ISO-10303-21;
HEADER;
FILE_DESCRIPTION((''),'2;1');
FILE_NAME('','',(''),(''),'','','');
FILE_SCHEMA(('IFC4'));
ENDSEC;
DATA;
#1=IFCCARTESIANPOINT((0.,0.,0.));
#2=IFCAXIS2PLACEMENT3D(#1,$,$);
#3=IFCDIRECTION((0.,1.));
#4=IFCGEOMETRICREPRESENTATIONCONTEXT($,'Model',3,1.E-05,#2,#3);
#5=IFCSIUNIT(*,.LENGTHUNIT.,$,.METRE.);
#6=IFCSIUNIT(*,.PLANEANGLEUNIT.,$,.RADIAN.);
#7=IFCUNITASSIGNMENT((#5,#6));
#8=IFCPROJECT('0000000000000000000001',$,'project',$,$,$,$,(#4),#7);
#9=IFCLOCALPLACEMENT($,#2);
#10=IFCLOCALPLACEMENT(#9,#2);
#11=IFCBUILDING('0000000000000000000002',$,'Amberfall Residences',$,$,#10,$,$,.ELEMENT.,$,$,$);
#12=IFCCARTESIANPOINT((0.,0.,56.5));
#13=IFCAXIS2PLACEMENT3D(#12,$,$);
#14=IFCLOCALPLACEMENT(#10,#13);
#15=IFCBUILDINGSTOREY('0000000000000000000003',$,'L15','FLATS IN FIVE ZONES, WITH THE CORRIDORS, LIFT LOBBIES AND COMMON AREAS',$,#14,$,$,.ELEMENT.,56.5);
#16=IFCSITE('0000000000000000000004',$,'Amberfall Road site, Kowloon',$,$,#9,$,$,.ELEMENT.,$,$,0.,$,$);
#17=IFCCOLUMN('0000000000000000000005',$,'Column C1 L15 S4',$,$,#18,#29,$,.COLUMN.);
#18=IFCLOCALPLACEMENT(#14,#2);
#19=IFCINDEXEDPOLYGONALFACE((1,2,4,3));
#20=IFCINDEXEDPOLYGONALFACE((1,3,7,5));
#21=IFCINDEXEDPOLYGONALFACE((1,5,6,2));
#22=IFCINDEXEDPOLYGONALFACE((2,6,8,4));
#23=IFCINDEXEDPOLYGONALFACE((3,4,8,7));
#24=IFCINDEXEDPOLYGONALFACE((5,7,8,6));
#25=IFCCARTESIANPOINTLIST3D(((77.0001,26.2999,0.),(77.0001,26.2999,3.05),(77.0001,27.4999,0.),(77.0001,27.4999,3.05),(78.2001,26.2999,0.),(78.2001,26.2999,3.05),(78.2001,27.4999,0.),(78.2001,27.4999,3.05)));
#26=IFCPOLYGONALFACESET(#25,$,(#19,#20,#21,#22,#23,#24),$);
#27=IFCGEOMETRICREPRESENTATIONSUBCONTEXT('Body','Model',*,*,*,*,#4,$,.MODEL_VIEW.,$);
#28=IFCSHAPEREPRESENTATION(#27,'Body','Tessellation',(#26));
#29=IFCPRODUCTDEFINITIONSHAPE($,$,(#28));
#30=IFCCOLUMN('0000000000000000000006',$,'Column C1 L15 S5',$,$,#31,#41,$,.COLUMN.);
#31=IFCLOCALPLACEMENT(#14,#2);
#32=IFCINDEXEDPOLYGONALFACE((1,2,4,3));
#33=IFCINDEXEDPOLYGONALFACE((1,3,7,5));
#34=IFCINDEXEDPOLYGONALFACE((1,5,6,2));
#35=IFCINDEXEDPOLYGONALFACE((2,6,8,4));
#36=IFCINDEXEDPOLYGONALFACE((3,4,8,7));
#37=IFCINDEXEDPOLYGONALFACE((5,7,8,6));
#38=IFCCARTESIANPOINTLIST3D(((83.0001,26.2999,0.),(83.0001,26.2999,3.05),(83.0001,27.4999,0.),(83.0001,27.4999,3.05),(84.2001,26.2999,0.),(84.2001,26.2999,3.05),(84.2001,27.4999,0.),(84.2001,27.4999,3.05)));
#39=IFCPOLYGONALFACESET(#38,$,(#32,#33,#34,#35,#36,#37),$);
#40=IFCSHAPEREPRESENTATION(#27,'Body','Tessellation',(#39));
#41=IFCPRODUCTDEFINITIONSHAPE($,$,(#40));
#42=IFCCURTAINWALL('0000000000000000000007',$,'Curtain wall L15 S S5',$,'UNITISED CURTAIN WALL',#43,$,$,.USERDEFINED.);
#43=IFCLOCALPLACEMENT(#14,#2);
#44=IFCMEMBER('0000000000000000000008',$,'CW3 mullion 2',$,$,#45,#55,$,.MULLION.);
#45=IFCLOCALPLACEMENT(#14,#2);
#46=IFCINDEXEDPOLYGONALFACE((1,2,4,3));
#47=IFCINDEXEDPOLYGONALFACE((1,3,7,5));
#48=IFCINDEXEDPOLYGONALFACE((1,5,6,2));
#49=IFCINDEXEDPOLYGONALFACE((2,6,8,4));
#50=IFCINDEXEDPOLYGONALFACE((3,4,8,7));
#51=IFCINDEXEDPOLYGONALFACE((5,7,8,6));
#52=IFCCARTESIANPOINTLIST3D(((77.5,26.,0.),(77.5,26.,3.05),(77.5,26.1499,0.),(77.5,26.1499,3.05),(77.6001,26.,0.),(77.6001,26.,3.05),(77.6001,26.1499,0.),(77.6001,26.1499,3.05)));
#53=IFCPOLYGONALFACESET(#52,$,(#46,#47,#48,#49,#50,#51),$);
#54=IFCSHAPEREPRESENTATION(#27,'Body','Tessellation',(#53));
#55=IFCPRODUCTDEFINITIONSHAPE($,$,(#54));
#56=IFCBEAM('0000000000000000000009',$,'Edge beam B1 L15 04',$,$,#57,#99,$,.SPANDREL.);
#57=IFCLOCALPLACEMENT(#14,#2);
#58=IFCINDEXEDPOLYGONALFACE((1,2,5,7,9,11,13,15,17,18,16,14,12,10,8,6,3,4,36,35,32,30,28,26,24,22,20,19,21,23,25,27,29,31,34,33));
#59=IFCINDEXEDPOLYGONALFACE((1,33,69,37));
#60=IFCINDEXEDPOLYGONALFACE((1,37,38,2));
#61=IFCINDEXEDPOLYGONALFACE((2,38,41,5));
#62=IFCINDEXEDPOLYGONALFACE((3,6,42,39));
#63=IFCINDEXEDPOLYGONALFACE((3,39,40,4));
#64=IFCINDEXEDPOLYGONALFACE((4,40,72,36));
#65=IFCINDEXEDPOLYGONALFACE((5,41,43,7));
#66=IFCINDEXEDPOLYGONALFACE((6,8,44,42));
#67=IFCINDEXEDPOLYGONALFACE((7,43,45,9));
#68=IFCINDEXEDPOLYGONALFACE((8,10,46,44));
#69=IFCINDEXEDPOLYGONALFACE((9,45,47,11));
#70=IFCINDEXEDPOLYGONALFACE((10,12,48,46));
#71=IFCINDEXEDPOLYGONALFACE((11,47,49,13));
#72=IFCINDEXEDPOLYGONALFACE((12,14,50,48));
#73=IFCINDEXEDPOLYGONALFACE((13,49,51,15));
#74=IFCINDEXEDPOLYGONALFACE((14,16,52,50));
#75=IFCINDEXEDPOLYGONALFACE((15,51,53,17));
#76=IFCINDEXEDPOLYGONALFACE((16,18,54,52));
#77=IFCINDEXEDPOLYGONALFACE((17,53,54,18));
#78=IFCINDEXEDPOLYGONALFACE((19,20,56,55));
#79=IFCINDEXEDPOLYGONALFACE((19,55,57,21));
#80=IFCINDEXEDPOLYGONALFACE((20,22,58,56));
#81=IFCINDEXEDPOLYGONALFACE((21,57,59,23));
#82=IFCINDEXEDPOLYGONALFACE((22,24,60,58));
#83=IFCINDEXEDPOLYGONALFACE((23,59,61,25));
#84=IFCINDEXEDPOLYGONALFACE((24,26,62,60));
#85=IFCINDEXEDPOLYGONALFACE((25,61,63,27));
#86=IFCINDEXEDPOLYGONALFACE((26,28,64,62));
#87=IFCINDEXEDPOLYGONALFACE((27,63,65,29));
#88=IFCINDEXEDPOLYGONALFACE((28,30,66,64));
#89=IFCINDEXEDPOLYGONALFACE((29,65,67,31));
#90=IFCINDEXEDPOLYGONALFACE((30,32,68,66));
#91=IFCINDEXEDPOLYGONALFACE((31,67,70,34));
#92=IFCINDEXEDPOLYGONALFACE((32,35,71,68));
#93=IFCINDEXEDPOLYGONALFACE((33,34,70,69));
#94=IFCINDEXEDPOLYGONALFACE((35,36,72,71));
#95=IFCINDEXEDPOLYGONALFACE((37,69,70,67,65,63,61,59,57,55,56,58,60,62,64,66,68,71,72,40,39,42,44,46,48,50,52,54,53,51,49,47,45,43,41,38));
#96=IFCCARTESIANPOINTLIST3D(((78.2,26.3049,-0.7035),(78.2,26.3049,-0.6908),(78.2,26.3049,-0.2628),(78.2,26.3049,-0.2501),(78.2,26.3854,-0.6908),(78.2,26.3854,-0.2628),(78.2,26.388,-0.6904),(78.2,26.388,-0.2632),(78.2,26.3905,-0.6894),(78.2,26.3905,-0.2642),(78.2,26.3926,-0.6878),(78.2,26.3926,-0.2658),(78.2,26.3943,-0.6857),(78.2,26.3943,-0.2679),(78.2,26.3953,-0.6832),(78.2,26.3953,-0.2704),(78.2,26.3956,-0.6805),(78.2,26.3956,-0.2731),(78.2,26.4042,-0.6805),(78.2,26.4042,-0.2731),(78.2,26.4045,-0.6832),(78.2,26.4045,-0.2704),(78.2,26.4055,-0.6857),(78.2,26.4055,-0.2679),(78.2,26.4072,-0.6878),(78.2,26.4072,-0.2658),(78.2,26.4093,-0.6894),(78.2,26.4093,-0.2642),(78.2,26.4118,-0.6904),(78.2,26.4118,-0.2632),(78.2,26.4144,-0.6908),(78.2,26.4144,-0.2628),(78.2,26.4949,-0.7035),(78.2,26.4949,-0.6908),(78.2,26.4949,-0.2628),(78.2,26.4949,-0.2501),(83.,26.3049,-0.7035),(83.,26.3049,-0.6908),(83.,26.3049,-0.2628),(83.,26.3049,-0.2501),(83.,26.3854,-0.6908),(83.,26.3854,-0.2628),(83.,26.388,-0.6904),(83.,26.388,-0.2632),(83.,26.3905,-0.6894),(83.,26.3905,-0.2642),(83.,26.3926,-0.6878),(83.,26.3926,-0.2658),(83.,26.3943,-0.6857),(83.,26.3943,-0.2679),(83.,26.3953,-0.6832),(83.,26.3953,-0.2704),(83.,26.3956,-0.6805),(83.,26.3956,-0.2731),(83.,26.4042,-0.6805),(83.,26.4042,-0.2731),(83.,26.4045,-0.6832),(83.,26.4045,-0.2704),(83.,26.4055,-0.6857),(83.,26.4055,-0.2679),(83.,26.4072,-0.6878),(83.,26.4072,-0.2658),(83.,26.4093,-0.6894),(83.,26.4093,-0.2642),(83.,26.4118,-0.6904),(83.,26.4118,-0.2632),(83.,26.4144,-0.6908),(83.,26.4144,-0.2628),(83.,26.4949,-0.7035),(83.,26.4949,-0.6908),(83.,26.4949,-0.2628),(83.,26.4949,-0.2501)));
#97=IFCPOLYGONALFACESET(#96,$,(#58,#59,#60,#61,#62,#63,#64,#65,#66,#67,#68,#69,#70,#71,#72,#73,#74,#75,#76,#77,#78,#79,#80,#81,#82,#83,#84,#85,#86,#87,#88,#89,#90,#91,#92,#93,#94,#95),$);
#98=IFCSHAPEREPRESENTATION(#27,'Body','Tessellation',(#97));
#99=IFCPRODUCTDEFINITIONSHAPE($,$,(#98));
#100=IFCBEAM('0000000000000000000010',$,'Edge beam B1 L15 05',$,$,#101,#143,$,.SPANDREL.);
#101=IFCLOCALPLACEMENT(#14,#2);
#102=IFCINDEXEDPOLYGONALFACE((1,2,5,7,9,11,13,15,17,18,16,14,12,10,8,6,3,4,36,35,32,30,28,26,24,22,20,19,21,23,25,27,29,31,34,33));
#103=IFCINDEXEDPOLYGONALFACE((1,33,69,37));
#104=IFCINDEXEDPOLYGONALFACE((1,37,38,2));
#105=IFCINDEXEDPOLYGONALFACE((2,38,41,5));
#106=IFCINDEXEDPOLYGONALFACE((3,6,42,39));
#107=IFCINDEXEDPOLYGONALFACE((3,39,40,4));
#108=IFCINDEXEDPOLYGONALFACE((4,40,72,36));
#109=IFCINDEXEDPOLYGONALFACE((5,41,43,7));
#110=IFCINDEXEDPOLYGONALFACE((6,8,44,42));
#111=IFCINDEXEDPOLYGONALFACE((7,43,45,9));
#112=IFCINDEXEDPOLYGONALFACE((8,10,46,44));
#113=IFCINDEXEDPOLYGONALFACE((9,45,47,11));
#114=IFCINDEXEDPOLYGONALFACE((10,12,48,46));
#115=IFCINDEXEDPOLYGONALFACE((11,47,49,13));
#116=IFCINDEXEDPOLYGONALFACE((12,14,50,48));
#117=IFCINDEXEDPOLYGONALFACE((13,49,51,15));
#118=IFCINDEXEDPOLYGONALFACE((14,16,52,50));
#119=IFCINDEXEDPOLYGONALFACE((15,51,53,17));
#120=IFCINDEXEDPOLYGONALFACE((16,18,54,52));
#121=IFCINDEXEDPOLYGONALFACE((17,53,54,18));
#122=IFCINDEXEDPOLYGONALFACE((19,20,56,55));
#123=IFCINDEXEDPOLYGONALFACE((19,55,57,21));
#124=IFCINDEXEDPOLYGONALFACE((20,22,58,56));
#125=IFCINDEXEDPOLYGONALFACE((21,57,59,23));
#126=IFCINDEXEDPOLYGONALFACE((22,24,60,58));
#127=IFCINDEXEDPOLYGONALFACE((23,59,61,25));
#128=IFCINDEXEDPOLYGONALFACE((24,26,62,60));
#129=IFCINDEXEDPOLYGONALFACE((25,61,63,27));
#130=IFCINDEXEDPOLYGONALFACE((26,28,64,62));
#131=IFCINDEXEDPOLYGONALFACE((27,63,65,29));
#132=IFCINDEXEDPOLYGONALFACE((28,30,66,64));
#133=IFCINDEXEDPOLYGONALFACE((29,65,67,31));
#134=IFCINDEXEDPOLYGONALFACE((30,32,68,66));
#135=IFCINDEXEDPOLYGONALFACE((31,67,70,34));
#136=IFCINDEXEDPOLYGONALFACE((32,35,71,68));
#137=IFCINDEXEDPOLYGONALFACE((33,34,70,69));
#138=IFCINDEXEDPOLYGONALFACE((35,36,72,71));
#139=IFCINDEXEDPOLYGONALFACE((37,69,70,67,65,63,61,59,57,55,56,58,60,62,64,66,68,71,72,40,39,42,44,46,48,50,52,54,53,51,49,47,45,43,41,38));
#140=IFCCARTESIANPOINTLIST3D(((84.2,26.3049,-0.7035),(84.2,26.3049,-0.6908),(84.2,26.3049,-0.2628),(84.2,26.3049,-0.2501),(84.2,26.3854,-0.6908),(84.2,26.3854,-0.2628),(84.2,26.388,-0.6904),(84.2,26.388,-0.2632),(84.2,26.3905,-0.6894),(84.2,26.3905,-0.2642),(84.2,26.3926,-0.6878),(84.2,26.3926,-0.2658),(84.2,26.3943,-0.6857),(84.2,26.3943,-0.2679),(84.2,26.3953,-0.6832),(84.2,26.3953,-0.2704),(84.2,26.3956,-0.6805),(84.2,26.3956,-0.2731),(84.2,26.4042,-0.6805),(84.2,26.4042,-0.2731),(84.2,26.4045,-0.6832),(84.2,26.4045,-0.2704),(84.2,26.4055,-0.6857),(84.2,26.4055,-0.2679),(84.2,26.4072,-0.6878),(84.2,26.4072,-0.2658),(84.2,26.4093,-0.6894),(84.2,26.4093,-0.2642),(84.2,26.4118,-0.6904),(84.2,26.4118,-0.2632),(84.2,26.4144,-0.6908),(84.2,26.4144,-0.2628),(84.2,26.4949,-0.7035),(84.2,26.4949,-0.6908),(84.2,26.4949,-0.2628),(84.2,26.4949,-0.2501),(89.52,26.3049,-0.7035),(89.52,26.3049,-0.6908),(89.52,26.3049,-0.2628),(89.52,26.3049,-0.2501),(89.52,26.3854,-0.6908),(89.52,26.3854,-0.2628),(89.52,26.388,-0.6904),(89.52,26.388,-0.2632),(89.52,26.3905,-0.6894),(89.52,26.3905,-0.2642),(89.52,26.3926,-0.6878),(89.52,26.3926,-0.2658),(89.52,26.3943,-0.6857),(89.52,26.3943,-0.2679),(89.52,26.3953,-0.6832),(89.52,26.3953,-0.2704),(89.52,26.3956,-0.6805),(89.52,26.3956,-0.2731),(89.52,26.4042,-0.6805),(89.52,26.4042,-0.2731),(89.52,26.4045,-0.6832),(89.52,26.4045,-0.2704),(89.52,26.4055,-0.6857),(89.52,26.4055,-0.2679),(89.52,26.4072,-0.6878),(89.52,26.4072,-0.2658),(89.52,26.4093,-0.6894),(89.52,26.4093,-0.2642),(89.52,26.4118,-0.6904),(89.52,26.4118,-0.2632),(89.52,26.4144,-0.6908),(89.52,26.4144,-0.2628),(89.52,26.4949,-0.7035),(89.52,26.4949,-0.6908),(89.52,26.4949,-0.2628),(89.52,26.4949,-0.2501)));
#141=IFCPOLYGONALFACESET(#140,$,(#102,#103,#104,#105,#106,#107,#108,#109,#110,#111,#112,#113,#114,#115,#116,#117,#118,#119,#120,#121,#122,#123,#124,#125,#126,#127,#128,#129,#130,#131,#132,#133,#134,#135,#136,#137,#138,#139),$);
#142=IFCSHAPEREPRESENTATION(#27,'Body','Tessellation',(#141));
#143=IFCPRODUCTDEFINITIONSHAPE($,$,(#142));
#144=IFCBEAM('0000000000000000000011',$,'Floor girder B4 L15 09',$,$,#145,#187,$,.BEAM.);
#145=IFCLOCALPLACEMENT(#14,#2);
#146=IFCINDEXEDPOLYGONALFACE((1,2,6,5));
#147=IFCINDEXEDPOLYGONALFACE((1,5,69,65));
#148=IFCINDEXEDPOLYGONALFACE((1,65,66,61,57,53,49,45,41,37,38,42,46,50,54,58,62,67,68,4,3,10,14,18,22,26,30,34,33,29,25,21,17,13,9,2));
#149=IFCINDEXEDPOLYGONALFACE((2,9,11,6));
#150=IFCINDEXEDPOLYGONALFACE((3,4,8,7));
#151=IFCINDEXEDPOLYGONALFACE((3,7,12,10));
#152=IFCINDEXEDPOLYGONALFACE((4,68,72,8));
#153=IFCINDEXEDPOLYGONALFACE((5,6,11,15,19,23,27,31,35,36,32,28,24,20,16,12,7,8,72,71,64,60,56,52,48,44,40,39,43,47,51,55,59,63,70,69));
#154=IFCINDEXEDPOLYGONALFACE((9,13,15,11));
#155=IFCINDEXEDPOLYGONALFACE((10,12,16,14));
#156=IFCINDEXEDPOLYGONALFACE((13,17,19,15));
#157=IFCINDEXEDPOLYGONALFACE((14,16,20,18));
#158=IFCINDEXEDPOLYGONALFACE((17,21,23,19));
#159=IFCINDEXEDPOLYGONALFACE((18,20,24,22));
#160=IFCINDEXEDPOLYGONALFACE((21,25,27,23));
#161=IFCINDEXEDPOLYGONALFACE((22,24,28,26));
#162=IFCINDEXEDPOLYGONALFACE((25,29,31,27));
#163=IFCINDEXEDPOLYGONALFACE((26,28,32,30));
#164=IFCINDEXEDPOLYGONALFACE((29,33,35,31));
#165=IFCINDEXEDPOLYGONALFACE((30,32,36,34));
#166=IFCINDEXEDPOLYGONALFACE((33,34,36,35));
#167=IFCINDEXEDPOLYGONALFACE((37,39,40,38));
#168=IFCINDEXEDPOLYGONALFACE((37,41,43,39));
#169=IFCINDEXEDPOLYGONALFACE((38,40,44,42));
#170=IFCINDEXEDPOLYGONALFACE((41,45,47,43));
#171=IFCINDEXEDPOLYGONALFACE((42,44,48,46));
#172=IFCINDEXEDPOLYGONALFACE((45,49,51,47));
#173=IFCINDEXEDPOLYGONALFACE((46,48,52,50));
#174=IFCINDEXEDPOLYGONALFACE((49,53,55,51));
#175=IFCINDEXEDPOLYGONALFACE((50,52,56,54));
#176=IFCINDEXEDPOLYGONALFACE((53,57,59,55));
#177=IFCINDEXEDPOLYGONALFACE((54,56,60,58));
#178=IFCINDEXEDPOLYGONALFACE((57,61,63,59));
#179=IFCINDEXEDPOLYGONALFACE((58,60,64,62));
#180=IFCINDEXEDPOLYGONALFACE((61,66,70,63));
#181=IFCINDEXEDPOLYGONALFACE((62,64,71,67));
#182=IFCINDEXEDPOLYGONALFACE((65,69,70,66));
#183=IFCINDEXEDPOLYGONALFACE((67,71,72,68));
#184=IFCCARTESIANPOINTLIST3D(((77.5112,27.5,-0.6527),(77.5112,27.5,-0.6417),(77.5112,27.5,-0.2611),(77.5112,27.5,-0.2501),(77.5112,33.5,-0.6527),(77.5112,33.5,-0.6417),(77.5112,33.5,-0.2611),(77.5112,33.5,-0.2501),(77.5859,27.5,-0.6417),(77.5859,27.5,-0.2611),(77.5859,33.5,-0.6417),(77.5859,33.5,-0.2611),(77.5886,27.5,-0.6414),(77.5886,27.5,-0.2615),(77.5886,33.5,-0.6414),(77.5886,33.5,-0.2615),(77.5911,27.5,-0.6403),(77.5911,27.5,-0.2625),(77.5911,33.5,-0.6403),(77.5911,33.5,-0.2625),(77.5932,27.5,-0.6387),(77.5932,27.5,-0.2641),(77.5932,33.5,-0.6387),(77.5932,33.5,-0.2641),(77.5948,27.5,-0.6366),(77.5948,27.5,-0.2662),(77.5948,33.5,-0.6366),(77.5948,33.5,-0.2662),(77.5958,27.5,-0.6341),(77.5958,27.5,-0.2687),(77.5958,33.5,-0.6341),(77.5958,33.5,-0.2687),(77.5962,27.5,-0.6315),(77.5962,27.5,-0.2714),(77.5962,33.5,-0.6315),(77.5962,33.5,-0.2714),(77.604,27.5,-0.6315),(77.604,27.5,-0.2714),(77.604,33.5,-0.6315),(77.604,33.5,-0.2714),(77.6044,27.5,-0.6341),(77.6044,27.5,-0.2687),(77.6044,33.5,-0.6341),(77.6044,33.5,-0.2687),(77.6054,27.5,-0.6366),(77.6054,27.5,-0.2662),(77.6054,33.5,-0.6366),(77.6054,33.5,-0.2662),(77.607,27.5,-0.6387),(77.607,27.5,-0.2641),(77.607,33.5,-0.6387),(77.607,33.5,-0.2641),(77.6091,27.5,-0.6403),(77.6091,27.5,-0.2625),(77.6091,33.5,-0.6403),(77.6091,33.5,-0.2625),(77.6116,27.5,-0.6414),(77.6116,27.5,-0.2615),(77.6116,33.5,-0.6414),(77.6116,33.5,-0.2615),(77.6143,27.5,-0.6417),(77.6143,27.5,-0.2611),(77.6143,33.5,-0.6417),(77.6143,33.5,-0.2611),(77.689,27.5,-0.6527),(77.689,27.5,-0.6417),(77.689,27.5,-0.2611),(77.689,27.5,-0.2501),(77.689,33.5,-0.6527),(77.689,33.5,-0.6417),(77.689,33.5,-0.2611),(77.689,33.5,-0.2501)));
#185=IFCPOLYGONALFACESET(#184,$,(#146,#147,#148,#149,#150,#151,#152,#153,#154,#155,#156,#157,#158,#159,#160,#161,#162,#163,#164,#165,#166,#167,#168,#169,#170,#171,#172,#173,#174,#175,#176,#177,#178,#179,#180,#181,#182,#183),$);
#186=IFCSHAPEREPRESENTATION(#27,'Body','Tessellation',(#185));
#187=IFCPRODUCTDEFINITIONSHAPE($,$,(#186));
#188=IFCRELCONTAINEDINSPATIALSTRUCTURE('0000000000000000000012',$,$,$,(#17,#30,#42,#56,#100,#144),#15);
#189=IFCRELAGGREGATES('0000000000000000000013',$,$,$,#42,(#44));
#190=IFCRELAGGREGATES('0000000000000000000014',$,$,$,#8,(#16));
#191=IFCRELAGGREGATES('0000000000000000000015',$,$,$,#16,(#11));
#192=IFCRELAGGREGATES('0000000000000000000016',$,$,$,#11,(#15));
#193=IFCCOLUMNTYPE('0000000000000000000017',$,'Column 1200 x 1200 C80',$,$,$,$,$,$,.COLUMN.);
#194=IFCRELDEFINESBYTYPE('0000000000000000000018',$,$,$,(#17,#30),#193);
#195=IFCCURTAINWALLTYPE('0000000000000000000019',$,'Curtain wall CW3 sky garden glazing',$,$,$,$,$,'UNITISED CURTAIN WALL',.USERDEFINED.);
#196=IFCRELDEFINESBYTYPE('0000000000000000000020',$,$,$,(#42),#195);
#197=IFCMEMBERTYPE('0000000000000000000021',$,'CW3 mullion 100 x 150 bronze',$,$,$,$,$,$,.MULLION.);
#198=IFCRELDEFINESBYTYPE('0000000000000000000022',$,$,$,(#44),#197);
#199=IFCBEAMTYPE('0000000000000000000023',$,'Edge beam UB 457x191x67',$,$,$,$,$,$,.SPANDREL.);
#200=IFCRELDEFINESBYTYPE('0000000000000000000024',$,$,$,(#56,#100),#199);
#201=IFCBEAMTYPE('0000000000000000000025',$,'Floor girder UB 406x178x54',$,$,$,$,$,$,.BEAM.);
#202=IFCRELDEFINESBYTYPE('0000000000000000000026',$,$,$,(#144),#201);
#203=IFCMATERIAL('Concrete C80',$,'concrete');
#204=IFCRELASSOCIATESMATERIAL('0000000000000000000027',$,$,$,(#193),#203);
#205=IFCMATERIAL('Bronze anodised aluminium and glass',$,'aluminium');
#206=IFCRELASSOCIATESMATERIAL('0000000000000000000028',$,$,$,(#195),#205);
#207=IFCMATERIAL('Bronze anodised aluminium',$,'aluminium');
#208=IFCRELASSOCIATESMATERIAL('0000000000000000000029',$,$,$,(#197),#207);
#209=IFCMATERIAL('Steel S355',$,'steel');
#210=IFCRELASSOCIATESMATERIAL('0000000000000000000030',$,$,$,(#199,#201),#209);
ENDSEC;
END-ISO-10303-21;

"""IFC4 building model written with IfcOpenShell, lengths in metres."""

from ifc_helpers import new_model, si_unit, direction, frame, origin, origin_2d, place, context, subcontext, project, spatial, rectangle, i_section, extrude, material, material_profile, profile_set, type_object, element, aggregate, save


model = new_model("IFC4")

# Units and contexts
model_context = context("Model", 3, precision=1e-05, world=origin(), true_north=direction((0.0, 1.0)))
body_context = subcontext(model_context, "Body", "Model", "MODEL_VIEW")
ifc_project = project(units=[si_unit("LENGTHUNIT", "METRE"), si_unit("PLANEANGLEUNIT", "RADIAN")], contexts=[model_context])

# Site, building, storey
site_placement = place(None, origin())
site = spatial("IfcSite", under=ifc_project, at=site_placement, Name="Amberfall Road site, Kowloon", CompositionType="ELEMENT", RefElevation=0.0)
building_placement = place(site_placement, origin())
building = spatial("IfcBuilding", under=site, at=building_placement, Name="Amberfall Residences", CompositionType="ELEMENT")
storey_placement = place(building_placement, frame((0.0, 0.0, 56.5)))
storey = spatial("IfcBuildingStorey", under=building, at=storey_placement, Name="L15", Description="FLATS IN FIVE ZONES, WITH THE CORRIDORS, LIFT LOBBIES AND COMMON AREAS", CompositionType="ELEMENT", Elevation=56.5)

# Columns
ifc_material_1 = material(Name="Concrete C80", Category="concrete")
ifc_material_profile_1 = material_profile(ifc_material_1, rectangle(XDim=1.2, YDim=1.2, at=origin_2d()), Name="Column 1200 x 1200 C80")
ifc_profile_set_1 = profile_set([ifc_material_profile_1], Name="Concrete C80")
column_type = type_object("IfcColumnType", Name="Column 1200 x 1200 C80", PredefinedType="COLUMN", material=ifc_profile_set_1)
for number, where, z_axis, x_axis, name in (
    (1, (77.6001, 26.8999, 0.0), (0.0, 0.0, 1.0), (1.0, 0.0, 0.0), "Column C1 L15 S4"),
    (2, (83.6001, 26.8999, 0.0), (0.0, 0.0, 1.0), (1.0, 0.0, 0.0), "Column C1 L15 S5"),
):
    element("IfcColumn", number, at=place(storey_placement, frame(where, z_axis=z_axis, x_axis=x_axis)), inside=storey, type_object=column_type, Name=name, PredefinedType="COLUMN", context=body_context, shape_type="SweptSolid", body=[
        extrude(rectangle(XDim=1.2, YDim=1.2, at=origin_2d()), origin(), (0.0, 0.0, 1.0), 3.05),
    ])

# Curtain wall, member
ifc_material_2 = material(Name="Bronze anodised aluminium and glass", Category="aluminium")
curtain_wall_type = type_object("IfcCurtainWallType", Name="Curtain wall CW3 sky garden glazing", ElementType="UNITISED CURTAIN WALL", PredefinedType="USERDEFINED", material=ifc_material_2)
curtain_wall_placement = place(storey_placement, origin())
curtain_wall = element("IfcCurtainWall", 3, at=curtain_wall_placement, inside=storey, type_object=curtain_wall_type, Name="Curtain wall L15 S S5", ObjectType="UNITISED CURTAIN WALL", PredefinedType="USERDEFINED")
ifc_material_3 = material(Name="Bronze anodised aluminium", Category="aluminium")
ifc_material_profile_2 = material_profile(ifc_material_3, rectangle(XDim=0.1499, YDim=0.1001, at=origin_2d()), Name="CW3 mullion 100 x 150 bronze")
ifc_profile_set_2 = profile_set([ifc_material_profile_2], Name="Bronze anodised aluminium")
member_type = type_object("IfcMemberType", Name="CW3 mullion 100 x 150 bronze", PredefinedType="MULLION", material=ifc_profile_set_2)
member_placement = place(storey_placement, frame((77.55, 26.075, 0.0), z_axis=(0.0, 0.0, 1.0), x_axis=(0.0, 1.0, 0.0)))
member = element("IfcMember", 4, at=member_placement, type_object=member_type, Name="CW3 mullion 2", PredefinedType="MULLION", context=body_context, shape_type="SweptSolid", body=[
    extrude(rectangle(XDim=0.1499, YDim=0.1001, at=origin_2d()), origin(), (0.0, 0.0, 1.0), 3.05),
])

# Beams
ifc_material_4 = material(Name="Steel S355", Category="steel")
ifc_material_profile_3 = material_profile(ifc_material_4, i_section(OverallWidth=0.1899, OverallDepth=0.4534, WebThickness=0.0085, FlangeThickness=0.0127, FilletRadius=0.0103, at=origin_2d()), Name="UB 457x191x67")
ifc_profile_set_3 = profile_set([ifc_material_profile_3], Name="Steel S355")
beam_type_1 = type_object("IfcBeamType", Name="Edge beam UB 457x191x67", PredefinedType="SPANDREL", material=ifc_profile_set_3)
beam_1_placement = place(storey_placement, frame((78.2, 26.3999, -0.4768), z_axis=(1.0, 0.0, 0.0), x_axis=(0.0, 1.0, 0.0)))
element("IfcBeam", 5, at=beam_1_placement, inside=storey, type_object=beam_type_1, Name="Edge beam B1 L15 04", PredefinedType="SPANDREL", context=body_context, shape_type="SweptSolid", body=[
    extrude(i_section(OverallWidth=0.1899, OverallDepth=0.4534, WebThickness=0.0085, FlangeThickness=0.0127, FilletRadius=0.0103, at=origin_2d()), origin(), (0.0, 0.0, 1.0), 4.8),
])
beam_2_placement = place(storey_placement, frame((84.2, 26.3999, -0.4768), z_axis=(1.0, 0.0, 0.0), x_axis=(0.0, 1.0, 0.0)))
element("IfcBeam", 6, at=beam_2_placement, inside=storey, type_object=beam_type_1, Name="Edge beam B1 L15 05", PredefinedType="SPANDREL", context=body_context, shape_type="SweptSolid", body=[
    extrude(i_section(OverallWidth=0.1899, OverallDepth=0.4534, WebThickness=0.0085, FlangeThickness=0.0127, FilletRadius=0.0103, at=origin_2d()), origin(), (0.0, 0.0, 1.0), 5.3201),
])
ifc_material_profile_4 = material_profile(ifc_material_4, i_section(OverallWidth=0.1777, OverallDepth=0.4026, WebThickness=0.0078, FlangeThickness=0.011, FilletRadius=0.0103, at=origin_2d()), Name="UB 406x178x54")
ifc_profile_set_4 = profile_set([ifc_material_profile_4], Name="Steel S355")
beam_type_2 = type_object("IfcBeamType", Name="Floor girder UB 406x178x54", PredefinedType="BEAM", material=ifc_profile_set_4)
for number, where, z_axis, x_axis, name in (
    (7, (77.6001, 27.5, -0.4514), (0.0, 1.0, 0.0), (-1.0, 0.0, 0.0), "Floor girder B4 L15 09"),
):
    element("IfcBeam", number, at=place(storey_placement, frame(where, z_axis=z_axis, x_axis=x_axis)), inside=storey, type_object=beam_type_2, Name=name, PredefinedType="BEAM", context=body_context, shape_type="SweptSolid", body=[
        extrude(i_section(OverallWidth=0.1777, OverallDepth=0.4026, WebThickness=0.0078, FlangeThickness=0.011, FilletRadius=0.0103, at=origin_2d()), origin(), (0.0, 0.0, 1.0), 6.0),
    ])

aggregate(curtain_wall, [member])

save(model, "model.ifc")
